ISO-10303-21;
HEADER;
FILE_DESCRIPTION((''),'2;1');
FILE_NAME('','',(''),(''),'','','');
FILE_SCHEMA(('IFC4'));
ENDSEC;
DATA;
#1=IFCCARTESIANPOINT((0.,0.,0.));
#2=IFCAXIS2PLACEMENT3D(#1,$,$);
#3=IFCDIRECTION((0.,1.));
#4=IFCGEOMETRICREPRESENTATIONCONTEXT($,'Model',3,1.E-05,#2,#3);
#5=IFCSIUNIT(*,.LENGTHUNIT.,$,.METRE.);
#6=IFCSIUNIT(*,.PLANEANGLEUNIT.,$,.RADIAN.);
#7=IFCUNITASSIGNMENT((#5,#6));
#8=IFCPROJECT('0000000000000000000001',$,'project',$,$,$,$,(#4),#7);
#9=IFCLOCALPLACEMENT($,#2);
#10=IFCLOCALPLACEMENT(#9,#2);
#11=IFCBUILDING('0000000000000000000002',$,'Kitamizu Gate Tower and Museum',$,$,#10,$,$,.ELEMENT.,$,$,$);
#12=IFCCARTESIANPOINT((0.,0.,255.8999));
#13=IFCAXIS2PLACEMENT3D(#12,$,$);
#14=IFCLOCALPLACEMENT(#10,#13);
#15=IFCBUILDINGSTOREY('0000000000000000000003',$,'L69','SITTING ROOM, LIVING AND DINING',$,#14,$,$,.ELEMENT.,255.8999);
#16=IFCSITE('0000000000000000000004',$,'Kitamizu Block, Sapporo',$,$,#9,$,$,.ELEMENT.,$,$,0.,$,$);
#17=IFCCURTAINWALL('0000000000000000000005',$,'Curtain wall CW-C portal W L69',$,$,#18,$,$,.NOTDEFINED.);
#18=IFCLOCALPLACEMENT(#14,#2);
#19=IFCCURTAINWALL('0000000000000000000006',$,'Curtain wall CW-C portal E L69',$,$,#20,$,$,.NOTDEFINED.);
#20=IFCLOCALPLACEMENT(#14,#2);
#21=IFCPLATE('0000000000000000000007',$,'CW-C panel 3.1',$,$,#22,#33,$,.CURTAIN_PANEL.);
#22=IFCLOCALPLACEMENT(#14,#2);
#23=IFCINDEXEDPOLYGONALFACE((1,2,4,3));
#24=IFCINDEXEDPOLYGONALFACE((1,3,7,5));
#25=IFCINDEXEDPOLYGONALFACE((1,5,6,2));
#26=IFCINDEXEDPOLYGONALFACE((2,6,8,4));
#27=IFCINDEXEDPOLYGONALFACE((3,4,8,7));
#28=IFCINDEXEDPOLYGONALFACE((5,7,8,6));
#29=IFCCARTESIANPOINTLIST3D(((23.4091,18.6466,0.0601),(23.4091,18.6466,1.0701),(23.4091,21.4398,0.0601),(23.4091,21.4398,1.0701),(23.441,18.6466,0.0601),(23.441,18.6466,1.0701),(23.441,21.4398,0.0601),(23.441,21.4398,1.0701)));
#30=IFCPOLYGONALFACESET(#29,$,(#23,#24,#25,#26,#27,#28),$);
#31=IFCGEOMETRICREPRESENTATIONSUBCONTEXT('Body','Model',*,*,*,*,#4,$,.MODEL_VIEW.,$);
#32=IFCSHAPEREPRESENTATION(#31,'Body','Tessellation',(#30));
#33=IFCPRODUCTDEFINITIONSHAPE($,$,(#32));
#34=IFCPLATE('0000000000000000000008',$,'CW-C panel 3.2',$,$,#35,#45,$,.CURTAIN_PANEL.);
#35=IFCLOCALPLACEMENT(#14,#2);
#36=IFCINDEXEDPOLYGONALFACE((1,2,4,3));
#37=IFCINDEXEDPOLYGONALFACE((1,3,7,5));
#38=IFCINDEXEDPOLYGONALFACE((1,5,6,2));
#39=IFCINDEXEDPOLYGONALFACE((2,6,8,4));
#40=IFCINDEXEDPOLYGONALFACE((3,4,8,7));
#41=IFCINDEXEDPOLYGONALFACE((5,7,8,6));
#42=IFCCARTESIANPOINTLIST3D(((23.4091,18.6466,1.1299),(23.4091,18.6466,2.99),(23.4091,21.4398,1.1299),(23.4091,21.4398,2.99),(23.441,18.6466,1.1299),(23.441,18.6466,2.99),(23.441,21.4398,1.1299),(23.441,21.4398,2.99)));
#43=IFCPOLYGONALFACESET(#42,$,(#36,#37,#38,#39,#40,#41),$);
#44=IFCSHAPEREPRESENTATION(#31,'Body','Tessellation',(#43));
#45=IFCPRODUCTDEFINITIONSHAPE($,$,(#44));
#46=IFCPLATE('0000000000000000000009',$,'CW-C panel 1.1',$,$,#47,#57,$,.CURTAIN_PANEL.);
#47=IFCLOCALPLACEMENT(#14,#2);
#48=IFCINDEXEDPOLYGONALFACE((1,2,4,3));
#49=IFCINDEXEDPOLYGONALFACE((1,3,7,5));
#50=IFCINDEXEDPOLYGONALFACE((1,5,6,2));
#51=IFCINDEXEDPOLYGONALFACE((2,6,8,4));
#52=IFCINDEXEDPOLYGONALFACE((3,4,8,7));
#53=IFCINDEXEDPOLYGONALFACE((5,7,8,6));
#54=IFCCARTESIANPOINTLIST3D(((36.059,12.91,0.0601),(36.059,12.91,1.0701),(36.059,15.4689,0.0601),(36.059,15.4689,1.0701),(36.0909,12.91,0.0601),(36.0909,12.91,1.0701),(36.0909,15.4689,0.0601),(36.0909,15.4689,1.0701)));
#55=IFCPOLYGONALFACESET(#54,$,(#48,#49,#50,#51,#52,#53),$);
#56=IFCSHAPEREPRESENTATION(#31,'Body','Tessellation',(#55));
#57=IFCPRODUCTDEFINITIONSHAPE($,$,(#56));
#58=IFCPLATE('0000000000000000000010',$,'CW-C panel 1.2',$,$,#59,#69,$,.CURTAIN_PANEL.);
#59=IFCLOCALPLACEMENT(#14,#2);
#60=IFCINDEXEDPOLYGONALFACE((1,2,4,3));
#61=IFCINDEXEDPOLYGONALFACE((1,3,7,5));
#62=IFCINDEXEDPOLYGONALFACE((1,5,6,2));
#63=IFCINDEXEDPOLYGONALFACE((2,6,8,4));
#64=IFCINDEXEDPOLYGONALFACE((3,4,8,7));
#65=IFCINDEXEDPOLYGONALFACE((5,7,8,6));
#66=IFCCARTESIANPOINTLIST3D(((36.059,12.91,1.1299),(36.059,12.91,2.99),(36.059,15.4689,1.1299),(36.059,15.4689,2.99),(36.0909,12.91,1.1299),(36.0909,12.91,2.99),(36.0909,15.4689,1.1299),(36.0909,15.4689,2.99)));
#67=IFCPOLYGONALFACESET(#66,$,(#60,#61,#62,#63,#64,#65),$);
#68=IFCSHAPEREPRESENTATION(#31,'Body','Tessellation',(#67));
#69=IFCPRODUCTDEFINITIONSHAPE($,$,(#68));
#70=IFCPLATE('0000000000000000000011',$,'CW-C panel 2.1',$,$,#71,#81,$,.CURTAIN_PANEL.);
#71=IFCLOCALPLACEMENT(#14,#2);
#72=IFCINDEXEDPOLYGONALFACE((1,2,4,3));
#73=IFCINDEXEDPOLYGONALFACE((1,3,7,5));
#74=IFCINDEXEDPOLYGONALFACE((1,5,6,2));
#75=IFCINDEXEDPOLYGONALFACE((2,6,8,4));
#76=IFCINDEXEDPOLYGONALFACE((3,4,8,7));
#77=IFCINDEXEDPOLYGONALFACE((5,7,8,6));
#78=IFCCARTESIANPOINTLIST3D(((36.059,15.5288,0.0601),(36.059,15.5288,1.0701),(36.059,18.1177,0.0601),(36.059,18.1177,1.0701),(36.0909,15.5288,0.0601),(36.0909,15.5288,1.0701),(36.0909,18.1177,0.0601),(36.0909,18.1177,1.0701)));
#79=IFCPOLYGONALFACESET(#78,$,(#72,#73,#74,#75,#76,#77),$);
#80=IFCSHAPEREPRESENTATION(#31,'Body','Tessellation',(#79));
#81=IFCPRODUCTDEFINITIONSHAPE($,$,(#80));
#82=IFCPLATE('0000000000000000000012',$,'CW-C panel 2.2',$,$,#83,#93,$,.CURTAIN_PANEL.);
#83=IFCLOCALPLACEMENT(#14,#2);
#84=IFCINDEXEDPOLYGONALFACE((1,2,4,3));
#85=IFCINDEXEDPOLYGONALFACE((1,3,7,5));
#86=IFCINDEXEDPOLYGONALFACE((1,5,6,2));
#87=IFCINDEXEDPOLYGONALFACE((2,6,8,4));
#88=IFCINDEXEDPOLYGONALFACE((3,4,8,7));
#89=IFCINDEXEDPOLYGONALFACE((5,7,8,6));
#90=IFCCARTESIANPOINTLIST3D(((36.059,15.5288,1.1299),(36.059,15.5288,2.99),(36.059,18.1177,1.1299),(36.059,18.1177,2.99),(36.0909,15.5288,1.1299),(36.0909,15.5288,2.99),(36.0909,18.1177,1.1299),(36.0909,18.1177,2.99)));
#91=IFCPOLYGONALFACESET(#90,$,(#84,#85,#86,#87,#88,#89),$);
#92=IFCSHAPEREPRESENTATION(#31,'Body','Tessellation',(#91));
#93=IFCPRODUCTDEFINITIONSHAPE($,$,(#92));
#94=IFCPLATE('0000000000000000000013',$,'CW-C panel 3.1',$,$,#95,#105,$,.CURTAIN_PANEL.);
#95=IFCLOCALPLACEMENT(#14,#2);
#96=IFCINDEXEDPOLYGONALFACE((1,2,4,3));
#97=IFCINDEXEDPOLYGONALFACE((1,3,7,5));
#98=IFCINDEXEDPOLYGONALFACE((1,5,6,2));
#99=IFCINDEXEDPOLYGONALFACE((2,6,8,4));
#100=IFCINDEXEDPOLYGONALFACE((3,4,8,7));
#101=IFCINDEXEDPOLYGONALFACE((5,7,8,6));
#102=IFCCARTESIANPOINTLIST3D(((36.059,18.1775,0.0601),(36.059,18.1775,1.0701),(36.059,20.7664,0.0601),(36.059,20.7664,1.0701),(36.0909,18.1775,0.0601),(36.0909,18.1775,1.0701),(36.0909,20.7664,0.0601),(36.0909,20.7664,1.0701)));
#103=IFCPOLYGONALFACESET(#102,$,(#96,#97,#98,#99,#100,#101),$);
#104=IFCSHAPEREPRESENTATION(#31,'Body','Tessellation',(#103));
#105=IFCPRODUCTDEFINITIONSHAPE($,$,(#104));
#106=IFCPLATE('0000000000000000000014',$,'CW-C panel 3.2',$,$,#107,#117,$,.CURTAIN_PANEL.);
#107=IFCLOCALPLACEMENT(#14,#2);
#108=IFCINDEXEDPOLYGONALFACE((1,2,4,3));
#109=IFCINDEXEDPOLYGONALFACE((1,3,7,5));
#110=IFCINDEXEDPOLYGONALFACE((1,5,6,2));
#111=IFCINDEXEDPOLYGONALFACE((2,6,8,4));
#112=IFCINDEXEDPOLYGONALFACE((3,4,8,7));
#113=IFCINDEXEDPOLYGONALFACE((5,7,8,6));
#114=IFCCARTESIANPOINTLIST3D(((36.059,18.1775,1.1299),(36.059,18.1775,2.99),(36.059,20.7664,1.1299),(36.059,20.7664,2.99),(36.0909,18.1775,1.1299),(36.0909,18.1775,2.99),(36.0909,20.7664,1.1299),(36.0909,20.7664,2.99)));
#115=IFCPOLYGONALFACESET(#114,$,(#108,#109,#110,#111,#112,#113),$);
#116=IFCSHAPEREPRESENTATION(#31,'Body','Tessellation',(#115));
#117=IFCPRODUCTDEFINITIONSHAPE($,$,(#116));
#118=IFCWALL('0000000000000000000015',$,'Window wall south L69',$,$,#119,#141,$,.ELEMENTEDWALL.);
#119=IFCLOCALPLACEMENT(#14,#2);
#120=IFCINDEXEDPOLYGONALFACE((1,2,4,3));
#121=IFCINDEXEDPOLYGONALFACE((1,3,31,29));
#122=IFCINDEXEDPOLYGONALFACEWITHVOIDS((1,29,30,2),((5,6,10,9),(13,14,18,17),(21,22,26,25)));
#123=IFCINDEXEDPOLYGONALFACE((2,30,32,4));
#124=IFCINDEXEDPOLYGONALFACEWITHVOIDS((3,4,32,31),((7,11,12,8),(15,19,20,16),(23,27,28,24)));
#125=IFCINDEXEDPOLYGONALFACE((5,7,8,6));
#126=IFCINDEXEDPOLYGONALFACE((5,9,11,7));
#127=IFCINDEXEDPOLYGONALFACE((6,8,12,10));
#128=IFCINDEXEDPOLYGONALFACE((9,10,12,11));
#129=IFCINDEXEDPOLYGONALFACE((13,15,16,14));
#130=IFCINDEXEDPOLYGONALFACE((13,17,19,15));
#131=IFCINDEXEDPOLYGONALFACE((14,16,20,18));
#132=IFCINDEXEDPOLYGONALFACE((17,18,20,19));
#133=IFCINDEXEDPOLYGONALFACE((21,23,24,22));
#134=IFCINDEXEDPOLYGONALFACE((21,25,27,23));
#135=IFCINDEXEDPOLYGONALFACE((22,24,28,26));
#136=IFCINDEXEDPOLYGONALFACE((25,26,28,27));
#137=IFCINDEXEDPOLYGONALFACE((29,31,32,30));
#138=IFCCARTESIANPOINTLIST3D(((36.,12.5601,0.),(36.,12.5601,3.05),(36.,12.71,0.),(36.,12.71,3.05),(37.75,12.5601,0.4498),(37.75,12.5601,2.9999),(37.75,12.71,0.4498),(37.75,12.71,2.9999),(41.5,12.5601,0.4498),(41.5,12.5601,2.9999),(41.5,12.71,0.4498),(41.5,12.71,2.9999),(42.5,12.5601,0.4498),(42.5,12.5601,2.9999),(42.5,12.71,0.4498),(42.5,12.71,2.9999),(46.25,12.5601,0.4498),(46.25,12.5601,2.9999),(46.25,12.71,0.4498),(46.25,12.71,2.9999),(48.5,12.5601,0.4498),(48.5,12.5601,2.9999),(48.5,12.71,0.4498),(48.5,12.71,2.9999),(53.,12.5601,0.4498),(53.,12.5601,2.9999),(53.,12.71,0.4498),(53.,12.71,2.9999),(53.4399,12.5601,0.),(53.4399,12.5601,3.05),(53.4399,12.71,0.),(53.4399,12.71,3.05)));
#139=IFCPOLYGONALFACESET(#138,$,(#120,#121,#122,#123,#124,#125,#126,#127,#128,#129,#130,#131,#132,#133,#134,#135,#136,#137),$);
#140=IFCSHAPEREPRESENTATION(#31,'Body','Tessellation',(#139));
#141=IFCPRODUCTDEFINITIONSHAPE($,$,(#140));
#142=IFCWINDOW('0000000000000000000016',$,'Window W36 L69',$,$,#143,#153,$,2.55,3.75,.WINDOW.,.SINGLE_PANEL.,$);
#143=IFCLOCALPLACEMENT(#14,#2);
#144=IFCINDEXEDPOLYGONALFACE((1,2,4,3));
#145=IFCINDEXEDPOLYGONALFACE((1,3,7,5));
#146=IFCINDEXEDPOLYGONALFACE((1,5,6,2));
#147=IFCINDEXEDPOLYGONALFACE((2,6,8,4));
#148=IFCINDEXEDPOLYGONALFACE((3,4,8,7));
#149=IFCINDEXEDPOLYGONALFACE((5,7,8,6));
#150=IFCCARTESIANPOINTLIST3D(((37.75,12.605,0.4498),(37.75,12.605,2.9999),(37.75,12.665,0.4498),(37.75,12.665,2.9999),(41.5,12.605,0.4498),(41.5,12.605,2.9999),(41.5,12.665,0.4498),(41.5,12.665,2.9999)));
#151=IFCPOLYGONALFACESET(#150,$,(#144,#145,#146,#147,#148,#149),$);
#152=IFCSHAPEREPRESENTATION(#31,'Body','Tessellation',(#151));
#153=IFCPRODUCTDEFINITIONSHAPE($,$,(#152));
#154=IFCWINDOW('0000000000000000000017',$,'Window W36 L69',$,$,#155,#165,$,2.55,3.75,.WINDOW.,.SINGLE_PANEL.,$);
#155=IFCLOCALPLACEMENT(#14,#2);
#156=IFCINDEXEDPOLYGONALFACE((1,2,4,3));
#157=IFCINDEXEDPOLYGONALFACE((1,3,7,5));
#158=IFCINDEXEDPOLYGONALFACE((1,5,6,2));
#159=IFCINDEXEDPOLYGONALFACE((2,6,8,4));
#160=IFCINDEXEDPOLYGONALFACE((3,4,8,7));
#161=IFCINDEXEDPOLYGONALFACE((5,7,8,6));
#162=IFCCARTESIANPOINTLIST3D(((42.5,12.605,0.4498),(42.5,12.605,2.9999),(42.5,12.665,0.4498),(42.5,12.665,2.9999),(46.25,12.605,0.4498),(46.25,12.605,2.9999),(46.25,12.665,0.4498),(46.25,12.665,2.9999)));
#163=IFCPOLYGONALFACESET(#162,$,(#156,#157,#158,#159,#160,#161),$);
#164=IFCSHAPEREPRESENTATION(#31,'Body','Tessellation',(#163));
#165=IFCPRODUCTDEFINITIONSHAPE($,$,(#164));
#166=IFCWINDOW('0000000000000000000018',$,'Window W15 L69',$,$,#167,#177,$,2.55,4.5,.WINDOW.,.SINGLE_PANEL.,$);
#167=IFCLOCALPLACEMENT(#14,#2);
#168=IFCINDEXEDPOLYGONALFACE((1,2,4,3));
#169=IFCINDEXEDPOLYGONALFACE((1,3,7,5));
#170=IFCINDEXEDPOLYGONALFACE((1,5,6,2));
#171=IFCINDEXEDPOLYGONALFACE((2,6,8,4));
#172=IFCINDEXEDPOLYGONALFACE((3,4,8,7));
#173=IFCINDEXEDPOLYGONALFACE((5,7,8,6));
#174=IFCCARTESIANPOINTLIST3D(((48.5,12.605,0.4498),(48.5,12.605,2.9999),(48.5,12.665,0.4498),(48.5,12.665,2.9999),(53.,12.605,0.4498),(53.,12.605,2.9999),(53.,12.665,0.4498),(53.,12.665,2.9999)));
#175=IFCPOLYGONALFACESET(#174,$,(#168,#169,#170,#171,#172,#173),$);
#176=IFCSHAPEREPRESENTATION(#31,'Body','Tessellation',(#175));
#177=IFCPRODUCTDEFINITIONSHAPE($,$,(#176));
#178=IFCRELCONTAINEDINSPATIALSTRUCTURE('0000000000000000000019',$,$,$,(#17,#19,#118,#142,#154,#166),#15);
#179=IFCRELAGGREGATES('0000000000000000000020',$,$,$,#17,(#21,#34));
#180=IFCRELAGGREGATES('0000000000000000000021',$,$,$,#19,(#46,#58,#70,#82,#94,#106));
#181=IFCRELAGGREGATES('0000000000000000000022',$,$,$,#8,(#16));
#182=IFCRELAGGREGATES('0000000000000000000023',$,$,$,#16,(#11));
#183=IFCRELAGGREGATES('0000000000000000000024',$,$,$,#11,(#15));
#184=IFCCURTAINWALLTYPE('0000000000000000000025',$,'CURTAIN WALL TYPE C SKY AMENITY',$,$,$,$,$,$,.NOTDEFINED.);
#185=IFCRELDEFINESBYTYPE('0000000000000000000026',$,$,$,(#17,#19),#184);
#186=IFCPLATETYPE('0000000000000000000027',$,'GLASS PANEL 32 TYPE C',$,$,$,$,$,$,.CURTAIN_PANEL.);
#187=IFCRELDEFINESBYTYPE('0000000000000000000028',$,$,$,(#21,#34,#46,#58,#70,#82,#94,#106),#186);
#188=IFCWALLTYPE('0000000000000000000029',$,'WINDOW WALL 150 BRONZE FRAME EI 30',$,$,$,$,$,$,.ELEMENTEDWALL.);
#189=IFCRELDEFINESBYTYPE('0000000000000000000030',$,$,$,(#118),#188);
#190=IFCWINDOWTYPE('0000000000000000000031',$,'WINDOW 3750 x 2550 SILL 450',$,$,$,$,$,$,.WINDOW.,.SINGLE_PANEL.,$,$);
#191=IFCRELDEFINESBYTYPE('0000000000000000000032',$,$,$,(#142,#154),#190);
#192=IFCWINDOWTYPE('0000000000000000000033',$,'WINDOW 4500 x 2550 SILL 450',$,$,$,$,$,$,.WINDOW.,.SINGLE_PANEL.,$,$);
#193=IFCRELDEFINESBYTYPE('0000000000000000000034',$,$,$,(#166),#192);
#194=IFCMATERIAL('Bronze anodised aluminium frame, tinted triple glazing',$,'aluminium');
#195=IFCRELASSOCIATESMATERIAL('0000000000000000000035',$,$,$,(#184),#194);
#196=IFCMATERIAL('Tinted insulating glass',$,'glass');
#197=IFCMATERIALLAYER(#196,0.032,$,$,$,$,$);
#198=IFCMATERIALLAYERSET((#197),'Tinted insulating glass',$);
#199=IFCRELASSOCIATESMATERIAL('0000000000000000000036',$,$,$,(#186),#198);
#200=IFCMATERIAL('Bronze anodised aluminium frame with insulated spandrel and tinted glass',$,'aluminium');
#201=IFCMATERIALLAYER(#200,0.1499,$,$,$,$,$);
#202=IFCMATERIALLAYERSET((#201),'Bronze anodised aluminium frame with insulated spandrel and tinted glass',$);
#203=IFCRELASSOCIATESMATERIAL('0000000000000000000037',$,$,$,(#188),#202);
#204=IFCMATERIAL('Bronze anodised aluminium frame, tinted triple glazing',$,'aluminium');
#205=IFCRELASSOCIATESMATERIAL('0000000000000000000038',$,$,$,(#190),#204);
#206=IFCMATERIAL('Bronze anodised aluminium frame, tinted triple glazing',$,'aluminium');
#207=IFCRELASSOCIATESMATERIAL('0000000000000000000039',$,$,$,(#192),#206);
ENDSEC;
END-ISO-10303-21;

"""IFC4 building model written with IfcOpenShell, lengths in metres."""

from ifc_helpers import new_model, si_unit, direction, frame, frame_2d, origin, origin_2d, place, context, subcontext, project, spatial, rectangle, extrude, material, layer, layer_set, type_object, element, fill, aggregate, save


model = new_model("IFC4")

# Units and contexts
model_context = context("Model", 3, precision=1e-05, world=origin(), true_north=direction((0.0, 1.0)))
body_context = subcontext(model_context, "Body", "Model", "MODEL_VIEW")
ifc_project = project(units=[si_unit("LENGTHUNIT", "METRE"), si_unit("PLANEANGLEUNIT", "RADIAN")], contexts=[model_context])

# Site, building, storey
site_placement = place(None, origin())
site = spatial("IfcSite", under=ifc_project, at=site_placement, Name="Kitamizu Block, Sapporo", CompositionType="ELEMENT", RefElevation=0.0)
building_placement = place(site_placement, origin())
building = spatial("IfcBuilding", under=site, at=building_placement, Name="Kitamizu Gate Tower and Museum", CompositionType="ELEMENT")
storey_placement = place(building_placement, frame((0.0, 0.0, 255.8999)))
storey = spatial("IfcBuildingStorey", under=building, at=storey_placement, Name="L69", Description="SITTING ROOM, LIVING AND DINING", CompositionType="ELEMENT", Elevation=255.8999)

# Curtain wall
ifc_material_1 = material(Name="Bronze anodised aluminium frame, tinted triple glazing", Category="aluminium")
curtain_wall_type = type_object("IfcCurtainWallType", Name="CURTAIN WALL TYPE C SKY AMENITY", PredefinedType="NOTDEFINED", material=ifc_material_1)
curtain_wall_1_placement = place(storey_placement, origin())
curtain_wall_1 = element("IfcCurtainWall", 1, at=curtain_wall_1_placement, inside=storey, type_object=curtain_wall_type, Name="Curtain wall CW-C portal W L69", PredefinedType="NOTDEFINED")

# Curtain wall
curtain_wall_2_placement = place(storey_placement, origin())
curtain_wall_2 = element("IfcCurtainWall", 2, at=curtain_wall_2_placement, inside=storey, type_object=curtain_wall_type, Name="Curtain wall CW-C portal E L69", PredefinedType="NOTDEFINED")

# Plates
ifc_material_2 = material(Name="Tinted insulating glass", Category="glass")
ifc_layer_1 = layer(ifc_material_2, 0.032)
ifc_layer_set_1 = layer_set([ifc_layer_1], Name="Tinted insulating glass")
plate_type = type_object("IfcPlateType", Name="GLASS PANEL 32 TYPE C", PredefinedType="CURTAIN_PANEL", material=ifc_layer_set_1)
plate_1_placement = place(storey_placement, frame((23.425, 20.0432, 0.0601), z_axis=(0.0, 0.0, 1.0), x_axis=(0.0, 1.0, 0.0)))
plate_1 = element("IfcPlate", 3, at=plate_1_placement, type_object=plate_type, Name="CW-C panel 3.1", PredefinedType="CURTAIN_PANEL", context=body_context, shape_type="SweptSolid", body=[
    extrude(rectangle(XDim=2.7932, YDim=0.032, at=origin_2d()), origin(), (0.0, 0.0, 1.0), 1.01),
])
plate_2_placement = place(storey_placement, frame((23.425, 20.0432, 1.1299), z_axis=(0.0, 0.0, 1.0), x_axis=(0.0, 1.0, 0.0)))
plate_2 = element("IfcPlate", 4, at=plate_2_placement, type_object=plate_type, Name="CW-C panel 3.2", PredefinedType="CURTAIN_PANEL", context=body_context, shape_type="SweptSolid", body=[
    extrude(rectangle(XDim=2.7932, YDim=0.032, at=origin_2d()), origin(), (0.0, 0.0, 1.0), 1.8601),
])
aggregate(curtain_wall_1, [plate_1, plate_2])
plate_3_placement = place(storey_placement, frame((36.075, 14.1895, 0.0601), z_axis=(0.0, 0.0, 1.0), x_axis=(0.0, 1.0, 0.0)))
plate_3 = element("IfcPlate", 5, at=plate_3_placement, type_object=plate_type, Name="CW-C panel 1.1", PredefinedType="CURTAIN_PANEL", context=body_context, shape_type="SweptSolid", body=[
    extrude(rectangle(XDim=2.5588, YDim=0.032, at=origin_2d()), origin(), (0.0, 0.0, 1.0), 1.01),
])
plate_4_placement = place(storey_placement, frame((36.075, 14.1895, 1.1299), z_axis=(0.0, 0.0, 1.0), x_axis=(0.0, 1.0, 0.0)))
plate_4 = element("IfcPlate", 6, at=plate_4_placement, type_object=plate_type, Name="CW-C panel 1.2", PredefinedType="CURTAIN_PANEL", context=body_context, shape_type="SweptSolid", body=[
    extrude(rectangle(XDim=2.5588, YDim=0.032, at=origin_2d()), origin(), (0.0, 0.0, 1.0), 1.8601),
])
plate_5_placement = place(storey_placement, frame((36.075, 16.8232, 0.0601), z_axis=(0.0, 0.0, 1.0), x_axis=(0.0, 1.0, 0.0)))
plate_5 = element("IfcPlate", 7, at=plate_5_placement, type_object=plate_type, Name="CW-C panel 2.1", PredefinedType="CURTAIN_PANEL", context=body_context, shape_type="SweptSolid", body=[
    extrude(rectangle(XDim=2.5889, YDim=0.032, at=origin_2d()), origin(), (0.0, 0.0, 1.0), 1.01),
])
plate_6_placement = place(storey_placement, frame((36.075, 16.8232, 1.1299), z_axis=(0.0, 0.0, 1.0), x_axis=(0.0, 1.0, 0.0)))
plate_6 = element("IfcPlate", 8, at=plate_6_placement, type_object=plate_type, Name="CW-C panel 2.2", PredefinedType="CURTAIN_PANEL", context=body_context, shape_type="SweptSolid", body=[
    extrude(rectangle(XDim=2.5889, YDim=0.032, at=origin_2d()), origin(), (0.0, 0.0, 1.0), 1.8601),
])
plate_7_placement = place(storey_placement, frame((36.075, 19.4719, 0.0601), z_axis=(0.0, 0.0, 1.0), x_axis=(0.0, 1.0, 0.0)))
plate_7 = element("IfcPlate", 9, at=plate_7_placement, type_object=plate_type, Name="CW-C panel 3.1", PredefinedType="CURTAIN_PANEL", context=body_context, shape_type="SweptSolid", body=[
    extrude(rectangle(XDim=2.5889, YDim=0.032, at=origin_2d()), origin(), (0.0, 0.0, 1.0), 1.01),
])
plate_8_placement = place(storey_placement, frame((36.075, 19.4719, 1.1299), z_axis=(0.0, 0.0, 1.0), x_axis=(0.0, 1.0, 0.0)))
plate_8 = element("IfcPlate", 10, at=plate_8_placement, type_object=plate_type, Name="CW-C panel 3.2", PredefinedType="CURTAIN_PANEL", context=body_context, shape_type="SweptSolid", body=[
    extrude(rectangle(XDim=2.5889, YDim=0.032, at=origin_2d()), origin(), (0.0, 0.0, 1.0), 1.8601),
])
aggregate(curtain_wall_2, [plate_3, plate_4, plate_5, plate_6, plate_7, plate_8])

# Wall, openings, windows
ifc_material_3 = material(Name="Bronze anodised aluminium frame with insulated spandrel and tinted glass", Category="aluminium")
ifc_layer_2 = layer(ifc_material_3, 0.1499)
ifc_layer_set_2 = layer_set([ifc_layer_2], Name="Bronze anodised aluminium frame with insulated spandrel and tinted glass")
wall_type = type_object("IfcWallType", Name="WINDOW WALL 150 BRONZE FRAME EI 30", PredefinedType="ELEMENTEDWALL", material=ifc_layer_set_2)
wall_placement = place(storey_placement, frame((36.0, 12.635, 0.0), z_axis=(0.0, 0.0, 1.0), x_axis=(1.0, 0.0, 0.0)))
wall = element("IfcWall", 11, at=wall_placement, inside=storey, type_object=wall_type, Name="Window wall south L69", PredefinedType="ELEMENTEDWALL", context=body_context, shape_type="SweptSolid", body=[
    extrude(rectangle(XDim=17.4399, YDim=0.1499, at=frame_2d((8.72, 0.0))), origin(), (0.0, 0.0, 1.0), 3.05),
])
opening_1_placement = place(wall_placement, frame((1.75, 0.0, 0.45)))
opening_1 = element("IfcOpeningElement", 12, at=opening_1_placement, cuts=wall, PredefinedType="OPENING", context=body_context, shape_type="SweptSolid", body=[
    extrude(rectangle(XDim=3.75, YDim=2.55, at=frame_2d((1.875, 1.2749))), frame((0.0, 0.085, 0.0), z_axis=(0.0, -1.0, 0.0), x_axis=(1.0, 0.0, 0.0)), (0.0, 0.0, 1.0), 0.1699),
])
opening_2_placement = place(wall_placement, frame((6.5, 0.0, 0.45)))
opening_2 = element("IfcOpeningElement", 13, at=opening_2_placement, cuts=wall, PredefinedType="OPENING", context=body_context, shape_type="SweptSolid", body=[
    extrude(rectangle(XDim=3.75, YDim=2.55, at=frame_2d((1.875, 1.2749))), frame((0.0, 0.085, 0.0), z_axis=(0.0, -1.0, 0.0), x_axis=(1.0, 0.0, 0.0)), (0.0, 0.0, 1.0), 0.1699),
])
opening_3_placement = place(wall_placement, frame((12.5, 0.0, 0.45)))
opening_3 = element("IfcOpeningElement", 14, at=opening_3_placement, cuts=wall, PredefinedType="OPENING", context=body_context, shape_type="SweptSolid", body=[
    extrude(rectangle(XDim=4.5, YDim=2.55, at=frame_2d((2.25, 1.2749))), frame((0.0, 0.085, 0.0), z_axis=(0.0, -1.0, 0.0), x_axis=(1.0, 0.0, 0.0)), (0.0, 0.0, 1.0), 0.1699),
])
ifc_material_4 = material(Name="Bronze anodised aluminium frame, tinted triple glazing", Category="aluminium")
window_type_1 = type_object("IfcWindowType", Name="WINDOW 3750 x 2550 SILL 450", PartitioningType="SINGLE_PANEL", PredefinedType="WINDOW", material=ifc_material_4)
window_1_placement = place(opening_1_placement, origin())
window_1 = element("IfcWindow", 15, at=window_1_placement, inside=storey, type_object=window_type_1, Name="Window W36 L69", OverallHeight=2.55, OverallWidth=3.75, PartitioningType="SINGLE_PANEL", PredefinedType="WINDOW", context=body_context, shape_type="SweptSolid", body=[
    extrude(rectangle(XDim=3.75, YDim=2.55, at=frame_2d((1.875, 1.2749))), frame((0.0, 0.03, 0.0), z_axis=(0.0, -1.0, 0.0), x_axis=(1.0, 0.0, 0.0)), (0.0, 0.0, 1.0), 0.0601),
])
fill(opening_1, window_1)
window_2_placement = place(opening_2_placement, origin())
window_2 = element("IfcWindow", 16, at=window_2_placement, inside=storey, type_object=window_type_1, Name="Window W36 L69", OverallHeight=2.55, OverallWidth=3.75, PartitioningType="SINGLE_PANEL", PredefinedType="WINDOW", context=body_context, shape_type="SweptSolid", body=[
    extrude(rectangle(XDim=3.75, YDim=2.55, at=frame_2d((1.875, 1.2749))), frame((0.0, 0.03, 0.0), z_axis=(0.0, -1.0, 0.0), x_axis=(1.0, 0.0, 0.0)), (0.0, 0.0, 1.0), 0.0601),
])
fill(opening_2, window_2)
ifc_material_5 = material(Name="Bronze anodised aluminium frame, tinted triple glazing", Category="aluminium")
window_type_2 = type_object("IfcWindowType", Name="WINDOW 4500 x 2550 SILL 450", PartitioningType="SINGLE_PANEL", PredefinedType="WINDOW", material=ifc_material_5)
window_3_placement = place(opening_3_placement, origin())
window_3 = element("IfcWindow", 17, at=window_3_placement, inside=storey, type_object=window_type_2, Name="Window W15 L69", OverallHeight=2.55, OverallWidth=4.5, PartitioningType="SINGLE_PANEL", PredefinedType="WINDOW", context=body_context, shape_type="SweptSolid", body=[
    extrude(rectangle(XDim=4.5, YDim=2.55, at=frame_2d((2.25, 1.2749))), frame((0.0, 0.03, 0.0), z_axis=(0.0, -1.0, 0.0), x_axis=(1.0, 0.0, 0.0)), (0.0, 0.0, 1.0), 0.0601),
])
fill(opening_3, window_3)

save(model, "model.ifc")
